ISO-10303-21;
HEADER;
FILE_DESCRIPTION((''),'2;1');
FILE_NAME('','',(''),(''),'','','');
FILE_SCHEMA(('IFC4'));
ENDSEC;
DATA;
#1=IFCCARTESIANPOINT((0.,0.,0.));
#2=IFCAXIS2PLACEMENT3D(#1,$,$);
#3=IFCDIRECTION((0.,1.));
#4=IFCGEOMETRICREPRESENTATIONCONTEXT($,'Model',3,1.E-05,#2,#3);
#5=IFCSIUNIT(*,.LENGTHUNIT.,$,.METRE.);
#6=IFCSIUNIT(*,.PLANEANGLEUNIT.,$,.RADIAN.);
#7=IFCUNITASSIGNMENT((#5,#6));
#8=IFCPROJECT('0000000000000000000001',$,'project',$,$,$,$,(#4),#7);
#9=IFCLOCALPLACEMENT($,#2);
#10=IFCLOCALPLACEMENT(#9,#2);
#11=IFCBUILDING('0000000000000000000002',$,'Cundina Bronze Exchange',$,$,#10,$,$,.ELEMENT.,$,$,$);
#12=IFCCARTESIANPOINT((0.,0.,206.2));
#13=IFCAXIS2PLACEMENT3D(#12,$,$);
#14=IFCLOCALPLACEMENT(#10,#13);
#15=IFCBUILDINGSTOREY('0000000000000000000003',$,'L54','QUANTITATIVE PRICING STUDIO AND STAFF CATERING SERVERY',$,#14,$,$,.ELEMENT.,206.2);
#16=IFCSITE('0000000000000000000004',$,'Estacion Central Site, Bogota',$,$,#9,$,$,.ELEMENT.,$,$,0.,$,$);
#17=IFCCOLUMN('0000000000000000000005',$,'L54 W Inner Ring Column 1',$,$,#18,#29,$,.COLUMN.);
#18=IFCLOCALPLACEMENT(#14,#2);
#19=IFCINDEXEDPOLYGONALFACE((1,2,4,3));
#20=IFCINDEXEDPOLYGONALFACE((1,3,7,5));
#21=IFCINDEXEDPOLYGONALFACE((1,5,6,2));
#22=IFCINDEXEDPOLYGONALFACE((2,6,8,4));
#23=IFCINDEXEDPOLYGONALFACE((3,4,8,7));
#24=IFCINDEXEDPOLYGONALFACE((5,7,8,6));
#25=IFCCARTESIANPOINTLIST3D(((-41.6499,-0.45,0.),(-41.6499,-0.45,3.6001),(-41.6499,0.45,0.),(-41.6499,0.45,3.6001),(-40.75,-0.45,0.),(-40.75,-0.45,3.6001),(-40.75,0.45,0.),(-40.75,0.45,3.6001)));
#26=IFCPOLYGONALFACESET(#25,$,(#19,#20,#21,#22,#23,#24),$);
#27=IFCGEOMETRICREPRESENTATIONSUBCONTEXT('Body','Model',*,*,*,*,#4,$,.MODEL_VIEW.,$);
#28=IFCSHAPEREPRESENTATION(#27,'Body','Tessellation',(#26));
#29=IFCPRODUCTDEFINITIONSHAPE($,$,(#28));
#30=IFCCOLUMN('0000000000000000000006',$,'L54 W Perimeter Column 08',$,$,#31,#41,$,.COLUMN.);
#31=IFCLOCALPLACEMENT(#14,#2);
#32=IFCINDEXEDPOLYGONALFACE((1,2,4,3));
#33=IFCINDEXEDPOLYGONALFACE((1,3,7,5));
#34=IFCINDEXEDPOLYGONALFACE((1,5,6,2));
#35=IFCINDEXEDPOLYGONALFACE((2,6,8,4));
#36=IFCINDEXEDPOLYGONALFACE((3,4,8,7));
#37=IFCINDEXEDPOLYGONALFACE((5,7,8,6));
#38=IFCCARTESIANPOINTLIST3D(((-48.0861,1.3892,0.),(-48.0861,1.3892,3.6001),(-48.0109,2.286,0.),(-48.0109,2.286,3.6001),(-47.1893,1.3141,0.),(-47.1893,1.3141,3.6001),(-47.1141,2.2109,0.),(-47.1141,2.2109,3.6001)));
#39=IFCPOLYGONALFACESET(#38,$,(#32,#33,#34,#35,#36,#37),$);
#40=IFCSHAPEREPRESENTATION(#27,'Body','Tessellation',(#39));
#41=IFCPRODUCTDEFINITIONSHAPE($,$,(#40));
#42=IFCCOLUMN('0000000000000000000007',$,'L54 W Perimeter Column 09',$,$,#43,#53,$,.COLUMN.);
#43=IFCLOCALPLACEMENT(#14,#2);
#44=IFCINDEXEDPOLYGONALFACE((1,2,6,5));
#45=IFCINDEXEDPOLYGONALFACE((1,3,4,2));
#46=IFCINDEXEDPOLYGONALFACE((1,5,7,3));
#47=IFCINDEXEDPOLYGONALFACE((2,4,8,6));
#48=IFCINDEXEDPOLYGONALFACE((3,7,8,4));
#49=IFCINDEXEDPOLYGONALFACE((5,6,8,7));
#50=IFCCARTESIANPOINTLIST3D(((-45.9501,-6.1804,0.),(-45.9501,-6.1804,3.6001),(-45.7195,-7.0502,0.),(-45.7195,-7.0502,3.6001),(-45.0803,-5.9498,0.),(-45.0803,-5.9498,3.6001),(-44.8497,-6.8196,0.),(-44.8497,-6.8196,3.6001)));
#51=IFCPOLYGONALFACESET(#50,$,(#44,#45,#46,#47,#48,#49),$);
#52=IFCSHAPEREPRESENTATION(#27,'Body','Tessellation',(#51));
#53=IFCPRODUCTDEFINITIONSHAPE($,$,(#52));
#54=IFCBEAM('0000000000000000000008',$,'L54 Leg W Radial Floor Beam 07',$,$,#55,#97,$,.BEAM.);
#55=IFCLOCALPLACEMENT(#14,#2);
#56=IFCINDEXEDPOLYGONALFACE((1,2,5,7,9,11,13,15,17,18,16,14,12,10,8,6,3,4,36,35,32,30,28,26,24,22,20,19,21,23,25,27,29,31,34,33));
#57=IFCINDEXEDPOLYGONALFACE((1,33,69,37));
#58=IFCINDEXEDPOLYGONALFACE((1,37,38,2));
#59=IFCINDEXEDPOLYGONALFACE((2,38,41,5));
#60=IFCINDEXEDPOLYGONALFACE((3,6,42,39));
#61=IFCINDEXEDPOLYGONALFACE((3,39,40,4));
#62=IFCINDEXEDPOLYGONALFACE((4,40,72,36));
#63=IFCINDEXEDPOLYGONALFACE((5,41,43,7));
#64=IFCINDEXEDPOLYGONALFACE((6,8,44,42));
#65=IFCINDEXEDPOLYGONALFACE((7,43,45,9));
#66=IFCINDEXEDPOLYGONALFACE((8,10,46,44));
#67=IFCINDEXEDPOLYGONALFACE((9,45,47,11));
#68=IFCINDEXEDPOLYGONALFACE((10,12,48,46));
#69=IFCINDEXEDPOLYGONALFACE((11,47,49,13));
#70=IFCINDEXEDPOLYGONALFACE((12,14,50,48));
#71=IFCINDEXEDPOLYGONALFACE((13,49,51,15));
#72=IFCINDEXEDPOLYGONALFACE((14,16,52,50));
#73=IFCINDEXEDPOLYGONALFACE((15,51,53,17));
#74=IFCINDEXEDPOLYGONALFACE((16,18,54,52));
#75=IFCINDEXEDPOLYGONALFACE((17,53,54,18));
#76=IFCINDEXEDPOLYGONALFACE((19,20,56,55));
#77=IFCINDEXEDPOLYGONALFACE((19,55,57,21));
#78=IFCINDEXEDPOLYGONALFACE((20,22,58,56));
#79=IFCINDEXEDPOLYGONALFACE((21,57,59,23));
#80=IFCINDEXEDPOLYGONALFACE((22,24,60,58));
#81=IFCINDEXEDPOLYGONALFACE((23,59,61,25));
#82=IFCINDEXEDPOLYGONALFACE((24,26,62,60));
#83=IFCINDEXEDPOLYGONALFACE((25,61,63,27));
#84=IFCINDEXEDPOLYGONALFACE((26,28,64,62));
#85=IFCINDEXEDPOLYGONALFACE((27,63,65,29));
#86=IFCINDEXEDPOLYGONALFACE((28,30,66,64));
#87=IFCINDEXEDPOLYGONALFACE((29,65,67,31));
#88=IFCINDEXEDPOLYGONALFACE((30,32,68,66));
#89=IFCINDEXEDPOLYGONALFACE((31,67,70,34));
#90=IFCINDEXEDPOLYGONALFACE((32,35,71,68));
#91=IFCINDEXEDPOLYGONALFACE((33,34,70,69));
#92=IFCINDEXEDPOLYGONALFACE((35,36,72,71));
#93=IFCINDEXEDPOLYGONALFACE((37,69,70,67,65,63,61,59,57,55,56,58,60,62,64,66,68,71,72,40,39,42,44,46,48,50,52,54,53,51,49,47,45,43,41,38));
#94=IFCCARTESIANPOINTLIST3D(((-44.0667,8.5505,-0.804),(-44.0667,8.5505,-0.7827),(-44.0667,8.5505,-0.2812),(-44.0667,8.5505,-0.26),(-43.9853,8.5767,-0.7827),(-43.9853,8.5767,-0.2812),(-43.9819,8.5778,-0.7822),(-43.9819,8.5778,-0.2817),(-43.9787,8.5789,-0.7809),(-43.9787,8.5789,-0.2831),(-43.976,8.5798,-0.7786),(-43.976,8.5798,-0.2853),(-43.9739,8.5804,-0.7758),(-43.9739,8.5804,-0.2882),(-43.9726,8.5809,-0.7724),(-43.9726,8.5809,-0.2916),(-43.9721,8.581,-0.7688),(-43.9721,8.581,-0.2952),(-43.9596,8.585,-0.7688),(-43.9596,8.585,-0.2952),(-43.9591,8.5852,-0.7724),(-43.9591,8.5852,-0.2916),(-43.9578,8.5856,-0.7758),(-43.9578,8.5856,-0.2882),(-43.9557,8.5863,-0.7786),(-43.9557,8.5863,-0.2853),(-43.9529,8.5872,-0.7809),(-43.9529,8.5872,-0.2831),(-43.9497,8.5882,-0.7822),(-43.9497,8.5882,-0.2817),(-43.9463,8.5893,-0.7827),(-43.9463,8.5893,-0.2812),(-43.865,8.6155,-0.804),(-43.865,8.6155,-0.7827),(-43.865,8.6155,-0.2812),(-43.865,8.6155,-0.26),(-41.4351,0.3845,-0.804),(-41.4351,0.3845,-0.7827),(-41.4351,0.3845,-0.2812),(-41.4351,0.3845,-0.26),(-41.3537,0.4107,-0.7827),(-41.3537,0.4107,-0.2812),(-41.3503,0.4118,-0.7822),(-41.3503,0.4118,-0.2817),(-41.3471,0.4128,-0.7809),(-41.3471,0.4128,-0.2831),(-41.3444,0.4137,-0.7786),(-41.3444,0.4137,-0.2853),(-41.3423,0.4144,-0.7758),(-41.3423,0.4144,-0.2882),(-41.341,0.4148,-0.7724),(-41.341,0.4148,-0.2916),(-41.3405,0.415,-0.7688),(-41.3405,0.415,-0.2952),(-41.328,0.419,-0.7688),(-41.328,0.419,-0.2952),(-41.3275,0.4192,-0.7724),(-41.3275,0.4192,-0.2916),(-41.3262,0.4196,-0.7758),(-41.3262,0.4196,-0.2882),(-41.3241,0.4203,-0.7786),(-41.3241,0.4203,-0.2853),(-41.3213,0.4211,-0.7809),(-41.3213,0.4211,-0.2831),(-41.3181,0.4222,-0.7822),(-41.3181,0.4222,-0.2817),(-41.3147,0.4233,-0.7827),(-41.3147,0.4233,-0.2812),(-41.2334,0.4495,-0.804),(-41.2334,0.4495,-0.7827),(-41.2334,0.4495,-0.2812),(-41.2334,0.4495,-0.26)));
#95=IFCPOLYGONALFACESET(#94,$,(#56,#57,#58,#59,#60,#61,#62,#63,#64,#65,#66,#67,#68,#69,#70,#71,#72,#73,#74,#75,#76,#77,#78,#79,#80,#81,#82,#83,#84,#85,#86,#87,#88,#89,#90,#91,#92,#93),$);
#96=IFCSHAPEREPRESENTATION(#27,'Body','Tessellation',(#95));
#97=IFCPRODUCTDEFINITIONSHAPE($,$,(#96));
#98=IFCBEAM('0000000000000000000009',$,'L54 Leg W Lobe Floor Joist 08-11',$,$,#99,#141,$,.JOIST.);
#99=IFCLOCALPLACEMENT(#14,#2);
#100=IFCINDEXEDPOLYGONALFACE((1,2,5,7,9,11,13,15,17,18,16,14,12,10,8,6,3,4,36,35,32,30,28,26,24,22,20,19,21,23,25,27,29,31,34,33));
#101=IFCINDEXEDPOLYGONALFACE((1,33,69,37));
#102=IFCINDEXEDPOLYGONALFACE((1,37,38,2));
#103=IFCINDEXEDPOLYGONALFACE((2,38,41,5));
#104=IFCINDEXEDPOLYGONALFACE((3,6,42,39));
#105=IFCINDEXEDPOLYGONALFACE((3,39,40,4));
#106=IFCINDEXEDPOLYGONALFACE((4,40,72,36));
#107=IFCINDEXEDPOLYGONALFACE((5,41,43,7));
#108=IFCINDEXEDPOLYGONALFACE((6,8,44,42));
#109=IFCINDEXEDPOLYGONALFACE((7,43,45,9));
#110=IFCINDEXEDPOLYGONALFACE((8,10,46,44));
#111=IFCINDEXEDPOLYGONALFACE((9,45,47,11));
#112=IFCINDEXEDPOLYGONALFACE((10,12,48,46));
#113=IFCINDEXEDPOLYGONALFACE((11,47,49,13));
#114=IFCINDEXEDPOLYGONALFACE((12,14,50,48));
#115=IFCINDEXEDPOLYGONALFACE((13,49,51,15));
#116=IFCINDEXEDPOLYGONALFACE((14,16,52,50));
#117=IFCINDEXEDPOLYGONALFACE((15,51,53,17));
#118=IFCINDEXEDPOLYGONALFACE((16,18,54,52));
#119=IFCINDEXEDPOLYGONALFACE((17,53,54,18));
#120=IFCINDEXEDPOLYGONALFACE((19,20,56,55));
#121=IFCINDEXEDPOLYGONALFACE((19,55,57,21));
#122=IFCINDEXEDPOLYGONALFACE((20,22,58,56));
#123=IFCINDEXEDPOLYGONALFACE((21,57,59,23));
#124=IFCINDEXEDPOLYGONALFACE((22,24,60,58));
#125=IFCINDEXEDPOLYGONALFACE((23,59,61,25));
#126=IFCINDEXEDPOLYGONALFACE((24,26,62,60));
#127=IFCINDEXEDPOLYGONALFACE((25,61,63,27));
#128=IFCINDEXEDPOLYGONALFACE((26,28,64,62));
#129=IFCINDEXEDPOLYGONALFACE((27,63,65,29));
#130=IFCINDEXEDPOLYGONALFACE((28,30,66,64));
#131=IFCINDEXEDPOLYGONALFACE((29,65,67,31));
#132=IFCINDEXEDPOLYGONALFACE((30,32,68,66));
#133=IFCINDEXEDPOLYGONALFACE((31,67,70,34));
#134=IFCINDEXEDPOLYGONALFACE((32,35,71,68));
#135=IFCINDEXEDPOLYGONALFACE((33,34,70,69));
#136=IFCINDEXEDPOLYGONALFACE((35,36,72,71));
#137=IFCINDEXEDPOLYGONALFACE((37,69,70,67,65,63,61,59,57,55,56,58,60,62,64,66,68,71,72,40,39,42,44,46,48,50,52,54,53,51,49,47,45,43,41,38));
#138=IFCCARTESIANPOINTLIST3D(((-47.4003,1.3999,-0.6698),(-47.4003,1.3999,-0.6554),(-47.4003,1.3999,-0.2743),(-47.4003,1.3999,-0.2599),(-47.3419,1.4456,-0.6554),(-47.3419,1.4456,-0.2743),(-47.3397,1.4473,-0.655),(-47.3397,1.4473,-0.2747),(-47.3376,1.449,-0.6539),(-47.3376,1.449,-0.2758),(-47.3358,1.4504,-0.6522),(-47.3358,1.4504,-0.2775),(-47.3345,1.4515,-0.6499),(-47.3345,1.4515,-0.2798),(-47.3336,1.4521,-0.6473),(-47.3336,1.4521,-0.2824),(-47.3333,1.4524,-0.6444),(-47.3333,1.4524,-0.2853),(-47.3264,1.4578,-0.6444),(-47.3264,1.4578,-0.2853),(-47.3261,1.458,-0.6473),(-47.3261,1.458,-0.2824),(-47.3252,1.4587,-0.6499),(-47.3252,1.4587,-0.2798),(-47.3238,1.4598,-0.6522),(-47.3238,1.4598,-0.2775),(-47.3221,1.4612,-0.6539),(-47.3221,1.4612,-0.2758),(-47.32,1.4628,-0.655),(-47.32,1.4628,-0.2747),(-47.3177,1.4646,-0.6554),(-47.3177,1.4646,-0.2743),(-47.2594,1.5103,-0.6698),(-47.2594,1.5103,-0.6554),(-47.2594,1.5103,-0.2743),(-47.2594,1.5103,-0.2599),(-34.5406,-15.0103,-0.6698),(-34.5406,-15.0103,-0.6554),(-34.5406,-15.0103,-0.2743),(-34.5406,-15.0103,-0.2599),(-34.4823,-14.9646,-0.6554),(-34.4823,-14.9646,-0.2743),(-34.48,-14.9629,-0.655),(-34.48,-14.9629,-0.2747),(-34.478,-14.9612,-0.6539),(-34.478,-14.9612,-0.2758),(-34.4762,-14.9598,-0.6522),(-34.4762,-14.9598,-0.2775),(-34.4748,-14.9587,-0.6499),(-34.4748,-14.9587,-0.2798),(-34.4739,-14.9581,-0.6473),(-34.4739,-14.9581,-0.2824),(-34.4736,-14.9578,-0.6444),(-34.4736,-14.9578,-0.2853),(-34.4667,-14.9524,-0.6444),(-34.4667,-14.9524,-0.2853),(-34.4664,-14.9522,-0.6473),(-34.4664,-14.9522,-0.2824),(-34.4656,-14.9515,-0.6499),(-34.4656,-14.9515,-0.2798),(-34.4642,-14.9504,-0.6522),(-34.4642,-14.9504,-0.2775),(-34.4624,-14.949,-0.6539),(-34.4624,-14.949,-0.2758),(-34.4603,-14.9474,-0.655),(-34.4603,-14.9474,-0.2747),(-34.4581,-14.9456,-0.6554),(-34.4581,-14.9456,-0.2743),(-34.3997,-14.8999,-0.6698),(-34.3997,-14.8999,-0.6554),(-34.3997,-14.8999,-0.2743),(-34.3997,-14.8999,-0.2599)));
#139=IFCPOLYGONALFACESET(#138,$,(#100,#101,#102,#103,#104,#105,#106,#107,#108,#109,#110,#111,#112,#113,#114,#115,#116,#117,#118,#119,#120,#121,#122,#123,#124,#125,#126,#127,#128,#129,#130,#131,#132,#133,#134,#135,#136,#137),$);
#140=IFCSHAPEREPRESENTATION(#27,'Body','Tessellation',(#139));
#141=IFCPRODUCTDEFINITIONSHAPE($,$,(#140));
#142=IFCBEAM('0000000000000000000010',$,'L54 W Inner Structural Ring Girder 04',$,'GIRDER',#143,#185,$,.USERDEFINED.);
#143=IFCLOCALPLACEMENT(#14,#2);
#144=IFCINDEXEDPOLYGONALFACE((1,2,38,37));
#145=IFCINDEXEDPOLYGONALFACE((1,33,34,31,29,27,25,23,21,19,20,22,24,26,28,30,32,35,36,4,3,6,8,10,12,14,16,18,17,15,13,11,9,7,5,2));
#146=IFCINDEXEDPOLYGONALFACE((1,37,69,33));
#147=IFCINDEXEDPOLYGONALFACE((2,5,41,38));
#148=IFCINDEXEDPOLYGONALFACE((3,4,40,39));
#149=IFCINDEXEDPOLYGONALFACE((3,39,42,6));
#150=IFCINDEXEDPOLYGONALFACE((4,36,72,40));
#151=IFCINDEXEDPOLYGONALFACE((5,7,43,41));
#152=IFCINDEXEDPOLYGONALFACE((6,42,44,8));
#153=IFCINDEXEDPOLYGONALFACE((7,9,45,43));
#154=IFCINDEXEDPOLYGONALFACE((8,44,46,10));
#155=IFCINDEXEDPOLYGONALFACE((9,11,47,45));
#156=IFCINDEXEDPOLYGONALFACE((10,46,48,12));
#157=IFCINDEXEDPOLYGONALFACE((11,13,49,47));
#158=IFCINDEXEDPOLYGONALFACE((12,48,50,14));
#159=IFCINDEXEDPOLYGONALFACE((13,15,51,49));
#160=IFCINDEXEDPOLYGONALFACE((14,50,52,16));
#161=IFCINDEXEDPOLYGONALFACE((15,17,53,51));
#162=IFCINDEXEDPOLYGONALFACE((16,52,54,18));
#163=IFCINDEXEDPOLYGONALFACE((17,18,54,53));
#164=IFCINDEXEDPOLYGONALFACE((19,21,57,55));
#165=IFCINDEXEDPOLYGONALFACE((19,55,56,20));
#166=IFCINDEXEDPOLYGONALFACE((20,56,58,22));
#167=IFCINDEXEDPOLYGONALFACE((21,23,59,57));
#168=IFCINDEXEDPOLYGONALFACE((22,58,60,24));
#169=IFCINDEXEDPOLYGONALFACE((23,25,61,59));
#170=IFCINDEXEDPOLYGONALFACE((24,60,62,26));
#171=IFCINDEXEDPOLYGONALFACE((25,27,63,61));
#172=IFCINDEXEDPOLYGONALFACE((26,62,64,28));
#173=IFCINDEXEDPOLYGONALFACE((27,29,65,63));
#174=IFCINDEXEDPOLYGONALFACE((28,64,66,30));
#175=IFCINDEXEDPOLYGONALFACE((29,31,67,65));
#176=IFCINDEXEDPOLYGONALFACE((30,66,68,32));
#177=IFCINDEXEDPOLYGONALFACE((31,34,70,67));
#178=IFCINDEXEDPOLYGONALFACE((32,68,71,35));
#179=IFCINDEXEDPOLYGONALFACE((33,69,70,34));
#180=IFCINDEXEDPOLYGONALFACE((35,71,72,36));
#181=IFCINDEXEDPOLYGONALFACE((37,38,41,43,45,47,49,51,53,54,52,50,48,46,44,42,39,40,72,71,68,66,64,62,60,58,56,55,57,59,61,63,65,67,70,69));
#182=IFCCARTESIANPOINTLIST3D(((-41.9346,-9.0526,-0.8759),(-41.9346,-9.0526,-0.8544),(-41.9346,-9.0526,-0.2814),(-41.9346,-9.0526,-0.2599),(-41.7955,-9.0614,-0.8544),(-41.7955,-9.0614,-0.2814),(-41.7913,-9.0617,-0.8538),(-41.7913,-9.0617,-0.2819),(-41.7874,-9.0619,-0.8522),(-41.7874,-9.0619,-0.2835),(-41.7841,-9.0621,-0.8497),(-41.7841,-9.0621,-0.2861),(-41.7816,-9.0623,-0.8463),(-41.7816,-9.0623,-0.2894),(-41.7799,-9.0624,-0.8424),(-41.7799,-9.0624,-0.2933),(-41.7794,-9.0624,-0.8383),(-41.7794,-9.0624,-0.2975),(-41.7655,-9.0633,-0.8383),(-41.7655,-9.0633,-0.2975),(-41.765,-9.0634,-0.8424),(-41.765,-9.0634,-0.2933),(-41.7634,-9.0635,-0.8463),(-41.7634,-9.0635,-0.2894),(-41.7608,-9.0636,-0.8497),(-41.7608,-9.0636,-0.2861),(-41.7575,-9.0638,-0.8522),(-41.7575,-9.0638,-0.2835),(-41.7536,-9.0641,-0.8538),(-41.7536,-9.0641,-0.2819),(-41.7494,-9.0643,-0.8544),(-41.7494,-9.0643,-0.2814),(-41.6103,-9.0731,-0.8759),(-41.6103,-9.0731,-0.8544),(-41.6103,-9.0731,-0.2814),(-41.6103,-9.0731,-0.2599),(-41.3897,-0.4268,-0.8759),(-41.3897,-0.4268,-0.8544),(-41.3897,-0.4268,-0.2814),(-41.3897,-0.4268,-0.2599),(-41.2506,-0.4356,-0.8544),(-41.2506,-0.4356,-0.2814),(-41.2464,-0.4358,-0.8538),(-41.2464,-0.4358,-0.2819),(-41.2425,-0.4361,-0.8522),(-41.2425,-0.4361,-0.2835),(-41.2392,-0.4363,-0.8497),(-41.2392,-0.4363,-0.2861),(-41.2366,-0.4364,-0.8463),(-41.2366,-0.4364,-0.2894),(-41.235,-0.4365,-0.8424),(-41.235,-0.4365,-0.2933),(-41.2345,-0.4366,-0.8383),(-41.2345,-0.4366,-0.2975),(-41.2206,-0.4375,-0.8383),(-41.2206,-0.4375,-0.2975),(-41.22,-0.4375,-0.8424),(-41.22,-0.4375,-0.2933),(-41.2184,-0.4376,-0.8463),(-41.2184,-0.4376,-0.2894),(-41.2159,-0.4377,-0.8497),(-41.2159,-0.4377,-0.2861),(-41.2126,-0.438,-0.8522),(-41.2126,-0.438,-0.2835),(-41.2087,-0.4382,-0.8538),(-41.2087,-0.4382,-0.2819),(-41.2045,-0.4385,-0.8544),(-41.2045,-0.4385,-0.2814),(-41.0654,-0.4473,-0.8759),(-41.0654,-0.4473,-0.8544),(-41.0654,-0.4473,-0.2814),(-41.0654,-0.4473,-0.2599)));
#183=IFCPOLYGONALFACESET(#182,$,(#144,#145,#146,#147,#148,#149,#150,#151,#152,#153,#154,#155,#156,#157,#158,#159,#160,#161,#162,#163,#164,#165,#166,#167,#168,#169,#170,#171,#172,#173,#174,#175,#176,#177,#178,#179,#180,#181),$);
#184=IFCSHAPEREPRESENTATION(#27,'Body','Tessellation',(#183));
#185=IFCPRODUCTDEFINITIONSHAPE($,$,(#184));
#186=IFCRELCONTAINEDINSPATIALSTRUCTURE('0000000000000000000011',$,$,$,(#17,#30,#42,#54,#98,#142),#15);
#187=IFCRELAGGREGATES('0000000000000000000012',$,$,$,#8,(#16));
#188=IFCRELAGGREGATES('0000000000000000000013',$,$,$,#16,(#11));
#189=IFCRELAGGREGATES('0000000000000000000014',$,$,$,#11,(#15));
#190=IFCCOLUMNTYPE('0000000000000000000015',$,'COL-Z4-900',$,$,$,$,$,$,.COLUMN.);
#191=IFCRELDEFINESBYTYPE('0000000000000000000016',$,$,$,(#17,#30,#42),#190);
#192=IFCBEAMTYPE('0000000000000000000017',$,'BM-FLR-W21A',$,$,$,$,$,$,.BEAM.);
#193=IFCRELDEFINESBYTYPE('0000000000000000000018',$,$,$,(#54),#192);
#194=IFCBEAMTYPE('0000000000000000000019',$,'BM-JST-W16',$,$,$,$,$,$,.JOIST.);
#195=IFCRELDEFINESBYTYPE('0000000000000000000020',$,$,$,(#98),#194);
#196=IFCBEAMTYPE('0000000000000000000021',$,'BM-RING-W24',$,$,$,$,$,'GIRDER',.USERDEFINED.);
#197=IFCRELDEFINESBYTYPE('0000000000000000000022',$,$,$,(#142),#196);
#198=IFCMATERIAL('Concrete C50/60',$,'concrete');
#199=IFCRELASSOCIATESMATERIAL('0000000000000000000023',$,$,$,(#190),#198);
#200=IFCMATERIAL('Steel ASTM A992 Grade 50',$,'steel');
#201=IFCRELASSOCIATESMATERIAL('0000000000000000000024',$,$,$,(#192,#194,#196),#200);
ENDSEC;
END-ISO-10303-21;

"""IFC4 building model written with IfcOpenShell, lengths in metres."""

from ifc_helpers import new_model, si_unit, direction, frame, origin, origin_2d, place, context, subcontext, project, spatial, rectangle, i_section, extrude, material, material_profile, profile_set, type_object, element, save


model = new_model("IFC4")

# Units and contexts
model_context = context("Model", 3, precision=1e-05, world=origin(), true_north=direction((0.0, 1.0)))
body_context = subcontext(model_context, "Body", "Model", "MODEL_VIEW")
ifc_project = project(units=[si_unit("LENGTHUNIT", "METRE"), si_unit("PLANEANGLEUNIT", "RADIAN")], contexts=[model_context])

# Site, building, storey
site_placement = place(None, origin())
site = spatial("IfcSite", under=ifc_project, at=site_placement, Name="Estacion Central Site, Bogota", CompositionType="ELEMENT", RefElevation=0.0)
building_placement = place(site_placement, origin())
building = spatial("IfcBuilding", under=site, at=building_placement, Name="Cundina Bronze Exchange", CompositionType="ELEMENT")
storey_placement = place(building_placement, frame((0.0, 0.0, 206.2)))
storey = spatial("IfcBuildingStorey", under=building, at=storey_placement, Name="L54", Description="QUANTITATIVE PRICING STUDIO AND STAFF CATERING SERVERY", CompositionType="ELEMENT", Elevation=206.2)

# Columns
ifc_material_1 = material(Name="Concrete C50/60", Category="concrete")
ifc_material_profile_1 = material_profile(ifc_material_1, rectangle(XDim=0.8999, YDim=0.8999, at=origin_2d()), Name="RC900X900", Category="concrete")
ifc_profile_set_1 = profile_set([ifc_material_profile_1], Name="Concrete C50/60")
column_type = type_object("IfcColumnType", Name="COL-Z4-900", PredefinedType="COLUMN", material=ifc_profile_set_1)
for number, where, z_axis, x_axis, name in (
    (1, (-41.2, 0.0, 0.0), (0.0, 0.0, 1.0), (1.0, 0.0, 0.0), "L54 W Inner Ring Column 1"),
    (2, (-47.6001, 1.8, 0.0), (0.0, 0.0, 1.0), (-0.083504, -0.996507, 0.0), "L54 W Perimeter Column 08"),
    (3, (-45.3999, -6.5, 0.0), (0.0, 0.0, 1.0), (0.256289, -0.9666, 0.0), "L54 W Perimeter Column 09"),
):
    element("IfcColumn", number, at=place(storey_placement, frame(where, z_axis=z_axis, x_axis=x_axis)), inside=storey, type_object=column_type, Name=name, PredefinedType="COLUMN", context=body_context, shape_type="SweptSolid", body=[
        extrude(rectangle(XDim=0.8999, YDim=0.8999, at=origin_2d()), origin(), (0.0, 0.0, 1.0), 3.6001),
    ])

# Beams
ifc_material_2 = material(Name="Steel ASTM A992 Grade 50", Category="steel")
ifc_material_profile_2 = material_profile(ifc_material_2, i_section(OverallWidth=0.2119, OverallDepth=0.5439, WebThickness=0.0132, FlangeThickness=0.0212, FilletRadius=0.0139, at=origin_2d()), Name="W21X83", Category="steel")
ifc_profile_set_2 = profile_set([ifc_material_profile_2], Name="Steel ASTM A992 Grade 50")
beam_type_1 = type_object("IfcBeamType", Name="BM-FLR-W21A", PredefinedType="BEAM", material=ifc_profile_set_2)
beam_1_placement = place(storey_placement, frame((-41.3342, 0.417, -0.532), z_axis=(-0.306728, 0.951797, 0.0), x_axis=(-0.951797, -0.306728, 0.0)))
element("IfcBeam", 4, at=beam_1_placement, inside=storey, type_object=beam_type_1, Name="L54 Leg W Radial Floor Beam 07", PredefinedType="BEAM", context=body_context, shape_type="SweptSolid", body=[
    extrude(i_section(OverallWidth=0.2119, OverallDepth=0.5439, WebThickness=0.0132, FlangeThickness=0.0212, FilletRadius=0.0139, at=origin_2d()), origin(), (0.0, 0.0, 1.0), 8.5796),
])
ifc_material_profile_3 = material_profile(ifc_material_2, i_section(OverallWidth=0.179, OverallDepth=0.4099, WebThickness=0.0088, FlangeThickness=0.0144, FilletRadius=0.011, at=origin_2d()), Name="W16X45", Category="steel")
ifc_profile_set_3 = profile_set([ifc_material_profile_3], Name="Steel ASTM A992 Grade 50")
beam_type_2 = type_object("IfcBeamType", Name="BM-JST-W16", PredefinedType="JOIST", material=ifc_profile_set_3)
beam_2_placement = place(storey_placement, frame((-47.3298, 1.4551, -0.4648), z_axis=(0.61681, -0.787112, 0.0), x_axis=(0.787112, 0.61681, 0.0)))
element("IfcBeam", 5, at=beam_2_placement, inside=storey, type_object=beam_type_2, Name="L54 Leg W Lobe Floor Joist 08-11", PredefinedType="JOIST", context=body_context, shape_type="SweptSolid", body=[
    extrude(i_section(OverallWidth=0.179, OverallDepth=0.4099, WebThickness=0.0088, FlangeThickness=0.0144, FilletRadius=0.011, at=origin_2d()), origin(), (0.0, 0.0, 1.0), 20.8486),
])
ifc_material_profile_4 = material_profile(ifc_material_2, i_section(OverallWidth=0.325, OverallDepth=0.616, WebThickness=0.0139, FlangeThickness=0.0215, FilletRadius=0.0161, at=origin_2d()), Name="W24X117", Category="steel")
ifc_profile_set_4 = profile_set([ifc_material_profile_4], Name="Steel ASTM A992 Grade 50")
beam_type_3 = type_object("IfcBeamType", Name="BM-RING-W24", ElementType="GIRDER", PredefinedType="USERDEFINED", material=ifc_profile_set_4)
beam_3_placement = place(storey_placement, frame((-41.2275, -0.437, -0.5679), z_axis=(-0.063047, -0.998011, 0.0), x_axis=(0.998011, -0.063047, 0.0)))
element("IfcBeam", 6, at=beam_3_placement, inside=storey, type_object=beam_type_3, Name="L54 W Inner Structural Ring Girder 04", ObjectType="GIRDER", PredefinedType="USERDEFINED", context=body_context, shape_type="SweptSolid", body=[
    extrude(i_section(OverallWidth=0.325, OverallDepth=0.616, WebThickness=0.0139, FlangeThickness=0.0215, FilletRadius=0.0161, at=origin_2d()), origin(), (0.0, 0.0, 1.0), 8.6431),
])

save(model, "model.ifc")
